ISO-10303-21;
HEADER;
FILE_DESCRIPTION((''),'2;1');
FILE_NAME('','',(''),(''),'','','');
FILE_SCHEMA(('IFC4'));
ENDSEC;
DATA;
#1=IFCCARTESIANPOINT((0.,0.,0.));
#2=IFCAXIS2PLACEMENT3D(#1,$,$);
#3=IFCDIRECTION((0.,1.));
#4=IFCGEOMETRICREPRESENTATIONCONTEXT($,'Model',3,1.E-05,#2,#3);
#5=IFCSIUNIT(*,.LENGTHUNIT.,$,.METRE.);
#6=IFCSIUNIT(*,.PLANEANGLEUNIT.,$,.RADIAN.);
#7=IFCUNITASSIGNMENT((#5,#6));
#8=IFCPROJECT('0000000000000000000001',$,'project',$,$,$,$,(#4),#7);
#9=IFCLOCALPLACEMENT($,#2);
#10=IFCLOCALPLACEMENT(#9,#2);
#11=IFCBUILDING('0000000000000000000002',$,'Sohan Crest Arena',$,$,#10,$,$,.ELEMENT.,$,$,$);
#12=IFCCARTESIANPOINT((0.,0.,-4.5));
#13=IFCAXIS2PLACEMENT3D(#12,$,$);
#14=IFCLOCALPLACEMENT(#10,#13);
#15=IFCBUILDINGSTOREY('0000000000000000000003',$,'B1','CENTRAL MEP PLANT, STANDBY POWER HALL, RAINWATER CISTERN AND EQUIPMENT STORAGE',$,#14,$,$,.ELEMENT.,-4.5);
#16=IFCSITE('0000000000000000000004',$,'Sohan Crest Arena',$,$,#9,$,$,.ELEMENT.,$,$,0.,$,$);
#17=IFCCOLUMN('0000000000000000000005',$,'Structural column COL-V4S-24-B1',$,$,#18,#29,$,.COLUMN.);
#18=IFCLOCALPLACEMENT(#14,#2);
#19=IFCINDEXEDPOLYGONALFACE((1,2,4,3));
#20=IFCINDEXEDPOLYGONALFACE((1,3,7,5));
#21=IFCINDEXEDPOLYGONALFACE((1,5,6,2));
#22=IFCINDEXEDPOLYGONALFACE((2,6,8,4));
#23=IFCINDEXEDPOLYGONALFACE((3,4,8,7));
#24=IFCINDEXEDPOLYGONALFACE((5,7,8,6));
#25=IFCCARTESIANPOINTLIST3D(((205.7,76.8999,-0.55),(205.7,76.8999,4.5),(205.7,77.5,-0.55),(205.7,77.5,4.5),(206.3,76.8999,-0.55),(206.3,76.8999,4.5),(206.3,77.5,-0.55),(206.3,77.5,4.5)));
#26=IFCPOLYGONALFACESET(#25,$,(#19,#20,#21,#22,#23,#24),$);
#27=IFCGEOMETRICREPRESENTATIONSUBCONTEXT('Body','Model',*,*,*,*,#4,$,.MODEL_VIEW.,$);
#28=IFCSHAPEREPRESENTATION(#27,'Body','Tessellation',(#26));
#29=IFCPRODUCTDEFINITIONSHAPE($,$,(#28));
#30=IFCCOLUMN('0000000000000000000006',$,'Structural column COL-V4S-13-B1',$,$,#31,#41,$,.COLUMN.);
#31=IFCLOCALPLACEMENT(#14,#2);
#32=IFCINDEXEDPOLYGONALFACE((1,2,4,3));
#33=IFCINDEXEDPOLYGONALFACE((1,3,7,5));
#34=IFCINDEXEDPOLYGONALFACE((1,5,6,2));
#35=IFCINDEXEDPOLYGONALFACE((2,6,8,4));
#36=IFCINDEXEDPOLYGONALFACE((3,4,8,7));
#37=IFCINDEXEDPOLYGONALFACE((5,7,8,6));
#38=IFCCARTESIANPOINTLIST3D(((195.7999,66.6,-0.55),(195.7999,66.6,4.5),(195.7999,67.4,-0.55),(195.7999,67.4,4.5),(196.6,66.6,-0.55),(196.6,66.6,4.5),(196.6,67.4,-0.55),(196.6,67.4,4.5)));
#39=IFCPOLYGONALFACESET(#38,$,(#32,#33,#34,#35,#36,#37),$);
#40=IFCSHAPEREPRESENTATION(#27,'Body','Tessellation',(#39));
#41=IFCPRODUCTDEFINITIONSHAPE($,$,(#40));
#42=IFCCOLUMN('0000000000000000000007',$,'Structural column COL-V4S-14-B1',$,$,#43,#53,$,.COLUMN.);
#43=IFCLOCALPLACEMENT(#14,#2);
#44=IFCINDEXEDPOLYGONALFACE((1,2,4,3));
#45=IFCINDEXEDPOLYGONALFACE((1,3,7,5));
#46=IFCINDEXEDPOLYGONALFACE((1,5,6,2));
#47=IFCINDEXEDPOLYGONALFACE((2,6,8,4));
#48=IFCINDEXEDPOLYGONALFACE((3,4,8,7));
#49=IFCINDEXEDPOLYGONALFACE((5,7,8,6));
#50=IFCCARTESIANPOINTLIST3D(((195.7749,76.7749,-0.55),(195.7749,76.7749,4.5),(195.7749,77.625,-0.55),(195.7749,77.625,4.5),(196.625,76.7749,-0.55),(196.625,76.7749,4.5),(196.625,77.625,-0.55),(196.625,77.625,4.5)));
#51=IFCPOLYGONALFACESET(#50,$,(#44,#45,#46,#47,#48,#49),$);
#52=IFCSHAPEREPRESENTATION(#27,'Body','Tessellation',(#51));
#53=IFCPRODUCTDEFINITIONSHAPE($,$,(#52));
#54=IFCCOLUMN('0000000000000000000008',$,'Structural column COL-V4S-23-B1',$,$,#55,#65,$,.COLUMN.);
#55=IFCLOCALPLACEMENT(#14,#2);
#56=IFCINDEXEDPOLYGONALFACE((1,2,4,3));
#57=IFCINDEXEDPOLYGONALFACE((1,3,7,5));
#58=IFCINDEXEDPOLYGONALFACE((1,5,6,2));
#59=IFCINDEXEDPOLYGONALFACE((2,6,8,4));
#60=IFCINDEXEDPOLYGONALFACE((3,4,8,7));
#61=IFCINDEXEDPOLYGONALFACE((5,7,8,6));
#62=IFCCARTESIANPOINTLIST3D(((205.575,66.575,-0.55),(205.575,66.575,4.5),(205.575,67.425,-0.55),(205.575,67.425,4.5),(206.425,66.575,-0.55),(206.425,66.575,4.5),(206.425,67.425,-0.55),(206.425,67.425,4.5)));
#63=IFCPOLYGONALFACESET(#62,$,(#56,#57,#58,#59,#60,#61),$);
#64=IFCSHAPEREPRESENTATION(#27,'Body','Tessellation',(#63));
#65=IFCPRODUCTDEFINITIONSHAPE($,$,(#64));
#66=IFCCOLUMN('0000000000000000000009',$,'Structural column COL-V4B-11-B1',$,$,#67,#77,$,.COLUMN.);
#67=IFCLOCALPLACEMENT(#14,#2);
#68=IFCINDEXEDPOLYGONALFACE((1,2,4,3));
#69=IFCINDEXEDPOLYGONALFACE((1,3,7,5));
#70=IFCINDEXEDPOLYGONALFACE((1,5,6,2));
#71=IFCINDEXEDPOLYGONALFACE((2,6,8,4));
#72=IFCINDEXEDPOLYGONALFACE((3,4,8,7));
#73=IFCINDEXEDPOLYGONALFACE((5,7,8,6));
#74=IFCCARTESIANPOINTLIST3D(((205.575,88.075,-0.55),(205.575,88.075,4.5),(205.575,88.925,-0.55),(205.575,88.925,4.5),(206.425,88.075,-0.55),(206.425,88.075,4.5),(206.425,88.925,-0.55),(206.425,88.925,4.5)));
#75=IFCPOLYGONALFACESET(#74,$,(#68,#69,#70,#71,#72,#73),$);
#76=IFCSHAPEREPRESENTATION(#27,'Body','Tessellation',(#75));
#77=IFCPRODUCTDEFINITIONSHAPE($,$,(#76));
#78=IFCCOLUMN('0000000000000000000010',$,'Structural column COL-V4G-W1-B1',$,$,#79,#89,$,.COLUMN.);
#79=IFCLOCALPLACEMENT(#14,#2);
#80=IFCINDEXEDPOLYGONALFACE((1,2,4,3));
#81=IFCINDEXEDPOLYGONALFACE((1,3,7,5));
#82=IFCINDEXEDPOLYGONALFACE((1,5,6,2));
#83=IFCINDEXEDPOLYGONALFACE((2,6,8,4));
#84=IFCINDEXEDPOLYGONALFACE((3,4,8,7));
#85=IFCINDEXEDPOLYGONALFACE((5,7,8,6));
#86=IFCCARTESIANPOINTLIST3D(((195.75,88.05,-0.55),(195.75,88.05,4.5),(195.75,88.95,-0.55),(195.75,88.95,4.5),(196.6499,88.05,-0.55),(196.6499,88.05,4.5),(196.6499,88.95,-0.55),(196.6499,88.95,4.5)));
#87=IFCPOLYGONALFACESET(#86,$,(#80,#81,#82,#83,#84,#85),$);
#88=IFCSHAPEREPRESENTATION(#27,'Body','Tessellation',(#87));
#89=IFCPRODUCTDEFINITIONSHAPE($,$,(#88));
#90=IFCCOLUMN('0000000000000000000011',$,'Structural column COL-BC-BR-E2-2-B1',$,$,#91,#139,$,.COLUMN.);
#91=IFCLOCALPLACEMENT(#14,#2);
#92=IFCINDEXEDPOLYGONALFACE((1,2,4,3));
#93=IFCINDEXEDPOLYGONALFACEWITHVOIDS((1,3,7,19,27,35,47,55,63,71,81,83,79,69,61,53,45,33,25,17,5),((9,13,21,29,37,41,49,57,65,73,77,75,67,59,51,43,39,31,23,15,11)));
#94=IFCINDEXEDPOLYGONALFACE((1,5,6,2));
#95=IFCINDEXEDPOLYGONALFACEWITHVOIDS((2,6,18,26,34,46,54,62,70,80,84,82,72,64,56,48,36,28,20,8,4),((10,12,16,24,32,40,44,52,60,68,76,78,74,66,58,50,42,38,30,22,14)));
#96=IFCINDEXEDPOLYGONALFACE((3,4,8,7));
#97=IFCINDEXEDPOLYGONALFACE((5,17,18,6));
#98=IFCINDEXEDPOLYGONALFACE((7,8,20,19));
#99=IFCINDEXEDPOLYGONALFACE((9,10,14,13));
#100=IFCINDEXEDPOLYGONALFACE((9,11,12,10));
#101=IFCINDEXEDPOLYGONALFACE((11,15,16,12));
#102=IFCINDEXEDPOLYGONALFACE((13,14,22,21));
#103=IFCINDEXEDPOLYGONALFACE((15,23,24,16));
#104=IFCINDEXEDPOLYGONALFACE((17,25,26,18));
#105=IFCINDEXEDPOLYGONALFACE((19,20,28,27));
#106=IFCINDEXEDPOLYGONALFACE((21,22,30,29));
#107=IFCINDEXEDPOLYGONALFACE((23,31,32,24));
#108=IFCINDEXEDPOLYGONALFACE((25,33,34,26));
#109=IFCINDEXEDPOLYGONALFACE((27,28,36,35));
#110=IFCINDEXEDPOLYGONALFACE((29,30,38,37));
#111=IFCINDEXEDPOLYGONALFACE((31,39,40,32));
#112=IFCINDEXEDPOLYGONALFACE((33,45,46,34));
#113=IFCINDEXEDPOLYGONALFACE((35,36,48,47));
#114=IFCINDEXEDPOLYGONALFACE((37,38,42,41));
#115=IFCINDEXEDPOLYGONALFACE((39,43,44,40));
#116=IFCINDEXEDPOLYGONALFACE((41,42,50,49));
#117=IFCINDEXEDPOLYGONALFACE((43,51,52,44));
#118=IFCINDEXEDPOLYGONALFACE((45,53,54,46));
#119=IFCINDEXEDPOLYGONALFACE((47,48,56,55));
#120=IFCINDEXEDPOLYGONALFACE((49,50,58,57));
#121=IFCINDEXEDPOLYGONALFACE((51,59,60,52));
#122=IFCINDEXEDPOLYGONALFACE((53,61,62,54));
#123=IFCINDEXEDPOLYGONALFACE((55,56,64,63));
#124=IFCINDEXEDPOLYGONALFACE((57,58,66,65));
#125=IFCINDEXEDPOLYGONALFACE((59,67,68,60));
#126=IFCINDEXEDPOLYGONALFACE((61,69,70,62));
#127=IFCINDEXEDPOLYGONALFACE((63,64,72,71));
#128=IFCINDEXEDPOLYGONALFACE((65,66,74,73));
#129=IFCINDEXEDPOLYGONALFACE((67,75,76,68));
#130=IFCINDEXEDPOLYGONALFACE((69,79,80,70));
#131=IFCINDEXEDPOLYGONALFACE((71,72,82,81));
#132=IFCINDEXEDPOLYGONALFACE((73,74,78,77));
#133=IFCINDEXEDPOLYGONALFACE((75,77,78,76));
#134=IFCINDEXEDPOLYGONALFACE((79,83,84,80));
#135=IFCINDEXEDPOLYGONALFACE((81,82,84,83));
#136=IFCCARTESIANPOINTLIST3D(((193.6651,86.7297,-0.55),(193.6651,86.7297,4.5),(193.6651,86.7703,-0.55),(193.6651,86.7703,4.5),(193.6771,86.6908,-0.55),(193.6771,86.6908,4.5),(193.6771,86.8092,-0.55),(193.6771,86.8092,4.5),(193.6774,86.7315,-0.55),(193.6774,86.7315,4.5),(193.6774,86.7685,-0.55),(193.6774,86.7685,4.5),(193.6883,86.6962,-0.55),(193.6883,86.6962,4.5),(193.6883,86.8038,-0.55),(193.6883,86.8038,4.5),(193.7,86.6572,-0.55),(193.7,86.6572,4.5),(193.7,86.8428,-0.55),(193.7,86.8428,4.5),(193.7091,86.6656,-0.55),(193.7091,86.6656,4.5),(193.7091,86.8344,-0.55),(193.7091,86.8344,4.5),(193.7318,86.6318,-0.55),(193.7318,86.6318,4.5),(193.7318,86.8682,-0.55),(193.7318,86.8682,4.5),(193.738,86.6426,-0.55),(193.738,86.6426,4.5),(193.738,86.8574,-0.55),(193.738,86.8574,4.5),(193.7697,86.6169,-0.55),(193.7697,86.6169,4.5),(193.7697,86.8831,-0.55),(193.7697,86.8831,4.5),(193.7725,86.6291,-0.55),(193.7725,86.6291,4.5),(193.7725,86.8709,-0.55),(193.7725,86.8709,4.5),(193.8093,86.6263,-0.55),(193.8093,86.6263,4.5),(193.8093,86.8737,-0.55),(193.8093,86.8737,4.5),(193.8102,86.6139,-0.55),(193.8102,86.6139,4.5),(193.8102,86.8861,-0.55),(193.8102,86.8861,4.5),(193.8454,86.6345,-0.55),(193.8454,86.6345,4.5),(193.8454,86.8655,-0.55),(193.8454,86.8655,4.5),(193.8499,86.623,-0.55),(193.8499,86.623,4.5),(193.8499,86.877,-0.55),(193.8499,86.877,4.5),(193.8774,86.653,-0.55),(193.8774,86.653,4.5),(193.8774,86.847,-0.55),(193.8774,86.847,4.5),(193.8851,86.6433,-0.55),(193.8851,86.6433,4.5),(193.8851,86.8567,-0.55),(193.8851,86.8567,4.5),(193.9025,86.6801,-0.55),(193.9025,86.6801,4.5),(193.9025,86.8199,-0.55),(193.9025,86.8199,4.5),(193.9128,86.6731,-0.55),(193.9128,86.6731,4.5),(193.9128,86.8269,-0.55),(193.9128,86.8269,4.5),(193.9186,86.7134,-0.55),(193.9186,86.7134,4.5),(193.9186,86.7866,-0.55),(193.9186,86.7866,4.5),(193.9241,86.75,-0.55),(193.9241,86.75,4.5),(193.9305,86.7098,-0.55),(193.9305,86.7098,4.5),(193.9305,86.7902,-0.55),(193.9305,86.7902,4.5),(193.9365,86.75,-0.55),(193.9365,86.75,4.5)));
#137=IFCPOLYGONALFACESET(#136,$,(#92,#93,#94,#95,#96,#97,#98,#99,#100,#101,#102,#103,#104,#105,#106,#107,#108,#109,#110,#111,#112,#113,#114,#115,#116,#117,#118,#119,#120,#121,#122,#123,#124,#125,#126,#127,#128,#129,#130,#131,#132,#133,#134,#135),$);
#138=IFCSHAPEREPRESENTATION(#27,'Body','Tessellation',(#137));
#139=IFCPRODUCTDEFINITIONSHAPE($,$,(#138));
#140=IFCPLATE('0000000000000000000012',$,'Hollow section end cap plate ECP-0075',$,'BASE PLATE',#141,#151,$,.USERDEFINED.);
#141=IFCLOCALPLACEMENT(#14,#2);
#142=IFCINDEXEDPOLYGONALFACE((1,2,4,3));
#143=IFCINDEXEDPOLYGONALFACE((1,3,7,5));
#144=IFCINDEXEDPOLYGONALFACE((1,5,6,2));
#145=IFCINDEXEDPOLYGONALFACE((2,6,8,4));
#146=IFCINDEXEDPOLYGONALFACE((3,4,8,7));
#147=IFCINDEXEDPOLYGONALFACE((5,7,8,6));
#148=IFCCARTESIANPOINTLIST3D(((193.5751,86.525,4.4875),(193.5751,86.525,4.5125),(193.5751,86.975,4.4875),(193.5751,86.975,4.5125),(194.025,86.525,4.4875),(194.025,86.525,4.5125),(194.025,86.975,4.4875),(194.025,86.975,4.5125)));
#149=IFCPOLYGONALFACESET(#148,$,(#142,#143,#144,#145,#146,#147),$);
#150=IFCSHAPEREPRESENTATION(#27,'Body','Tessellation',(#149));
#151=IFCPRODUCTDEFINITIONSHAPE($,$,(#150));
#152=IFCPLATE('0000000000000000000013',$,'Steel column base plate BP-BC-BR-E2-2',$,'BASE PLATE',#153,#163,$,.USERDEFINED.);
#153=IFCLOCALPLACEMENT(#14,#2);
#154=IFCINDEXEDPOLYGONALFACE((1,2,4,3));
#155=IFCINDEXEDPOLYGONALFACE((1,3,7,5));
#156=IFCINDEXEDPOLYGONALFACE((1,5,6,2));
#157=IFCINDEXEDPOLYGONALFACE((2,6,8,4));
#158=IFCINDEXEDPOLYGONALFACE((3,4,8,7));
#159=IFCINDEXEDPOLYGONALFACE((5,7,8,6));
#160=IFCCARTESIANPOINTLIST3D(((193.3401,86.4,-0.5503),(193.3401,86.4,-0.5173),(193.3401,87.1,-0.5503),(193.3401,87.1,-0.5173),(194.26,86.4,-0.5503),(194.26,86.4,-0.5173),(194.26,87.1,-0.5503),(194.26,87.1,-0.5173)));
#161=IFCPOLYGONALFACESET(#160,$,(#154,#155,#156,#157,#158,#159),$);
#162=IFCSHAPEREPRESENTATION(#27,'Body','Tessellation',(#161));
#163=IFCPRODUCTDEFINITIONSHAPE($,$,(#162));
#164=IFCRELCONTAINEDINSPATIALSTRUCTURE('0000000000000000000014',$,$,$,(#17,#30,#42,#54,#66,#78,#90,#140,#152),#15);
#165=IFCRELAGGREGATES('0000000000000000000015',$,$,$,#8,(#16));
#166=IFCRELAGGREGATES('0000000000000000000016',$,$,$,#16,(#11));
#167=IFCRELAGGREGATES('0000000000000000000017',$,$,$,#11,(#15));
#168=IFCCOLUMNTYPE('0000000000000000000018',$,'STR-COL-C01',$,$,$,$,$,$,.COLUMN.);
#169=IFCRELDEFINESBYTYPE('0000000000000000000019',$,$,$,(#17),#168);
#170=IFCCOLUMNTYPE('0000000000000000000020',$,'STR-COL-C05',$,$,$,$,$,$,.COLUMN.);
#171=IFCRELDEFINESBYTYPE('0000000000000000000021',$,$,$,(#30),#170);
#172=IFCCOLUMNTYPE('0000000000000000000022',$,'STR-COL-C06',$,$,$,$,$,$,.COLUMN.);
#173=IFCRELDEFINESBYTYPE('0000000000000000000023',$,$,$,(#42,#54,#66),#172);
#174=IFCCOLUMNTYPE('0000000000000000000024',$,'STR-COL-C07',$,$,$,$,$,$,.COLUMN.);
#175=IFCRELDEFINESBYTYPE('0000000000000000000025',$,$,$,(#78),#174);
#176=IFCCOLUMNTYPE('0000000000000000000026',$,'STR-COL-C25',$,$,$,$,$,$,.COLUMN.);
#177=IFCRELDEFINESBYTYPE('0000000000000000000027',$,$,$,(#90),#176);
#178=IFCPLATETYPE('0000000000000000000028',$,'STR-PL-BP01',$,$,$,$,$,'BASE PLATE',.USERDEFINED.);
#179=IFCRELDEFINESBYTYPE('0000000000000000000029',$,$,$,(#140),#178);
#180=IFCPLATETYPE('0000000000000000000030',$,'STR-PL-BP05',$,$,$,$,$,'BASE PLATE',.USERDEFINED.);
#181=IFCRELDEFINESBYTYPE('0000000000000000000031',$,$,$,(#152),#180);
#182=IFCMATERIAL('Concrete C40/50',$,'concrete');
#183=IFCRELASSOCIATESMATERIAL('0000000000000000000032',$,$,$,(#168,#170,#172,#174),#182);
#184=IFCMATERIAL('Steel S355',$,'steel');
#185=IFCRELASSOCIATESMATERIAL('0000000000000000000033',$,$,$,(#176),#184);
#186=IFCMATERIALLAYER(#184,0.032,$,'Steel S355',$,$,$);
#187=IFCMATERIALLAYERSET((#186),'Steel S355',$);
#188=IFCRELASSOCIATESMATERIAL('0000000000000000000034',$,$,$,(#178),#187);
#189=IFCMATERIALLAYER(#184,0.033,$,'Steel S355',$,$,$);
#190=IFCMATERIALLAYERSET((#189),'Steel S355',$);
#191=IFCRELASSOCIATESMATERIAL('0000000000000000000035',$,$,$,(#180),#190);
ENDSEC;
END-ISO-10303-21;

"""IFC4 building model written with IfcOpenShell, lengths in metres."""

from ifc_helpers import new_model, si_unit, direction, frame, origin, origin_2d, place, context, subcontext, project, spatial, rectangle, hollow_circle, extrude, material, layer, layer_set, material_profile, profile_set, type_object, element, save


model = new_model("IFC4")

# Units and contexts
model_context = context("Model", 3, precision=1e-05, world=origin(), true_north=direction((0.0, 1.0)))
body_context = subcontext(model_context, "Body", "Model", "MODEL_VIEW")
ifc_project = project(units=[si_unit("LENGTHUNIT", "METRE"), si_unit("PLANEANGLEUNIT", "RADIAN")], contexts=[model_context])

# Site, building, storey
site_placement = place(None, origin())
site = spatial("IfcSite", under=ifc_project, at=site_placement, Name="Sohan Crest Arena", CompositionType="ELEMENT", RefElevation=0.0)
building_placement = place(site_placement, origin())
building = spatial("IfcBuilding", under=site, at=building_placement, Name="Sohan Crest Arena", CompositionType="ELEMENT")
storey_placement = place(building_placement, frame((0.0, 0.0, -4.5)))
storey = spatial("IfcBuildingStorey", under=building, at=storey_placement, Name="B1", Description="CENTRAL MEP PLANT, STANDBY POWER HALL, RAINWATER CISTERN AND EQUIPMENT STORAGE", CompositionType="ELEMENT", Elevation=-4.5)

# Shared definitions
ifc_material_1 = material(Name="Concrete C40/50", Category="concrete")

# Columns
ifc_material_profile_1 = material_profile(ifc_material_1, rectangle(XDim=0.6001, YDim=0.6001, at=origin_2d()), Name="RC 600x600")
ifc_profile_set_1 = profile_set([ifc_material_profile_1], Name="Concrete C40/50")
column_type_1 = type_object("IfcColumnType", Name="STR-COL-C01", PredefinedType="COLUMN", material=ifc_profile_set_1)
column_1_placement = place(storey_placement, frame((206.0, 77.2, -0.55), z_axis=(0.0, 0.0, 1.0), x_axis=(1.0, 0.0, 0.0)))
element("IfcColumn", 1, at=column_1_placement, inside=storey, type_object=column_type_1, Name="Structural column COL-V4S-24-B1", PredefinedType="COLUMN", context=body_context, shape_type="SweptSolid", body=[
    extrude(rectangle(XDim=0.6001, YDim=0.6001, at=origin_2d()), origin(), (0.0, 0.0, 1.0), 5.05),
])
ifc_material_profile_2 = material_profile(ifc_material_1, rectangle(XDim=0.8, YDim=0.8, at=origin_2d()), Name="RC 800x800")
ifc_profile_set_2 = profile_set([ifc_material_profile_2], Name="Concrete C40/50")
column_type_2 = type_object("IfcColumnType", Name="STR-COL-C05", PredefinedType="COLUMN", material=ifc_profile_set_2)
column_2_placement = place(storey_placement, frame((196.2, 67.0, -0.55), z_axis=(0.0, 0.0, 1.0), x_axis=(1.0, 0.0, 0.0)))
element("IfcColumn", 2, at=column_2_placement, inside=storey, type_object=column_type_2, Name="Structural column COL-V4S-13-B1", PredefinedType="COLUMN", context=body_context, shape_type="SweptSolid", body=[
    extrude(rectangle(XDim=0.8, YDim=0.8, at=origin_2d()), origin(), (0.0, 0.0, 1.0), 5.05),
])
ifc_material_profile_3 = material_profile(ifc_material_1, rectangle(XDim=0.8501, YDim=0.8501, at=origin_2d()), Name="RC 850x850")
ifc_profile_set_3 = profile_set([ifc_material_profile_3], Name="Concrete C40/50")
column_type_3 = type_object("IfcColumnType", Name="STR-COL-C06", PredefinedType="COLUMN", material=ifc_profile_set_3)
for number, where, z_axis, x_axis, name in (
    (3, (196.2, 77.2, -0.55), (0.0, 0.0, 1.0), (1.0, 0.0, 0.0), "Structural column COL-V4S-14-B1"),
    (4, (206.0, 67.0, -0.55), (0.0, 0.0, 1.0), (1.0, 0.0, 0.0), "Structural column COL-V4S-23-B1"),
    (5, (206.0, 88.5, -0.55), (0.0, 0.0, 1.0), (1.0, 0.0, 0.0), "Structural column COL-V4B-11-B1"),
):
    element("IfcColumn", number, at=place(storey_placement, frame(where, z_axis=z_axis, x_axis=x_axis)), inside=storey, type_object=column_type_3, Name=name, PredefinedType="COLUMN", context=body_context, shape_type="SweptSolid", body=[
        extrude(rectangle(XDim=0.8501, YDim=0.8501, at=origin_2d()), origin(), (0.0, 0.0, 1.0), 5.05),
    ])
ifc_material_profile_4 = material_profile(ifc_material_1, rectangle(XDim=0.8999, YDim=0.8999, at=origin_2d()), Name="RC 900x900")
ifc_profile_set_4 = profile_set([ifc_material_profile_4], Name="Concrete C40/50")
column_type_4 = type_object("IfcColumnType", Name="STR-COL-C07", PredefinedType="COLUMN", material=ifc_profile_set_4)
column_3_placement = place(storey_placement, frame((196.2, 88.5, -0.55), z_axis=(0.0, 0.0, 1.0), x_axis=(1.0, 0.0, 0.0)))
element("IfcColumn", 6, at=column_3_placement, inside=storey, type_object=column_type_4, Name="Structural column COL-V4G-W1-B1", PredefinedType="COLUMN", context=body_context, shape_type="SweptSolid", body=[
    extrude(rectangle(XDim=0.8999, YDim=0.8999, at=origin_2d()), origin(), (0.0, 0.0, 1.0), 5.05),
])
ifc_material_2 = material(Name="Steel S355", Category="steel")
ifc_material_profile_5 = material_profile(ifc_material_2, hollow_circle(Radius=0.1365, WallThickness=0.0125, at=origin_2d()), Name="CHS 273x12.5")
ifc_profile_set_5 = profile_set([ifc_material_profile_5], Name="Steel S355")
column_type_5 = type_object("IfcColumnType", Name="STR-COL-C25", PredefinedType="COLUMN", material=ifc_profile_set_5)
column_4_placement = place(storey_placement, frame((193.8, 86.75, -0.55), z_axis=(0.0, 0.0, 1.0), x_axis=(1.0, 0.0, 0.0)))
element("IfcColumn", 7, at=column_4_placement, inside=storey, type_object=column_type_5, Name="Structural column COL-BC-BR-E2-2-B1", PredefinedType="COLUMN", context=body_context, shape_type="SweptSolid", body=[
    extrude(hollow_circle(Radius=0.1365, WallThickness=0.0125, at=origin_2d()), origin(), (0.0, 0.0, 1.0), 5.05),
])

# Plates
ifc_layer_1 = layer(ifc_material_2, 0.032, Name="Steel S355")
ifc_layer_set_1 = layer_set([ifc_layer_1], Name="Steel S355")
plate_type_1 = type_object("IfcPlateType", Name="STR-PL-BP01", ElementType="BASE PLATE", PredefinedType="USERDEFINED", material=ifc_layer_set_1)
plate_1_placement = place(storey_placement, frame((193.8, 86.75, 4.4875), z_axis=(0.0, 0.0, 1.0), x_axis=(1.0, 0.0, 0.0)))
element("IfcPlate", 8, at=plate_1_placement, inside=storey, type_object=plate_type_1, Name="Hollow section end cap plate ECP-0075", ObjectType="BASE PLATE", PredefinedType="USERDEFINED", context=body_context, shape_type="SweptSolid", body=[
    extrude(rectangle(XDim=0.45, YDim=0.45, at=origin_2d()), origin(), (0.0, 0.0, 1.0), 0.0249),
])
ifc_layer_2 = layer(ifc_material_2, 0.033, Name="Steel S355")
ifc_layer_set_2 = layer_set([ifc_layer_2], Name="Steel S355")
plate_type_2 = type_object("IfcPlateType", Name="STR-PL-BP05", ElementType="BASE PLATE", PredefinedType="USERDEFINED", material=ifc_layer_set_2)
plate_2_placement = place(storey_placement, frame((193.8, 86.75, -0.5503), z_axis=(0.0, 0.0, 1.0), x_axis=(1.0, 0.0, 0.0)))
element("IfcPlate", 9, at=plate_2_placement, inside=storey, type_object=plate_type_2, Name="Steel column base plate BP-BC-BR-E2-2", ObjectType="BASE PLATE", PredefinedType="USERDEFINED", context=body_context, shape_type="SweptSolid", body=[
    extrude(rectangle(XDim=0.9199, YDim=0.7, at=origin_2d()), origin(), (0.0, 0.0, 1.0), 0.033),
])

save(model, "model.ifc")
